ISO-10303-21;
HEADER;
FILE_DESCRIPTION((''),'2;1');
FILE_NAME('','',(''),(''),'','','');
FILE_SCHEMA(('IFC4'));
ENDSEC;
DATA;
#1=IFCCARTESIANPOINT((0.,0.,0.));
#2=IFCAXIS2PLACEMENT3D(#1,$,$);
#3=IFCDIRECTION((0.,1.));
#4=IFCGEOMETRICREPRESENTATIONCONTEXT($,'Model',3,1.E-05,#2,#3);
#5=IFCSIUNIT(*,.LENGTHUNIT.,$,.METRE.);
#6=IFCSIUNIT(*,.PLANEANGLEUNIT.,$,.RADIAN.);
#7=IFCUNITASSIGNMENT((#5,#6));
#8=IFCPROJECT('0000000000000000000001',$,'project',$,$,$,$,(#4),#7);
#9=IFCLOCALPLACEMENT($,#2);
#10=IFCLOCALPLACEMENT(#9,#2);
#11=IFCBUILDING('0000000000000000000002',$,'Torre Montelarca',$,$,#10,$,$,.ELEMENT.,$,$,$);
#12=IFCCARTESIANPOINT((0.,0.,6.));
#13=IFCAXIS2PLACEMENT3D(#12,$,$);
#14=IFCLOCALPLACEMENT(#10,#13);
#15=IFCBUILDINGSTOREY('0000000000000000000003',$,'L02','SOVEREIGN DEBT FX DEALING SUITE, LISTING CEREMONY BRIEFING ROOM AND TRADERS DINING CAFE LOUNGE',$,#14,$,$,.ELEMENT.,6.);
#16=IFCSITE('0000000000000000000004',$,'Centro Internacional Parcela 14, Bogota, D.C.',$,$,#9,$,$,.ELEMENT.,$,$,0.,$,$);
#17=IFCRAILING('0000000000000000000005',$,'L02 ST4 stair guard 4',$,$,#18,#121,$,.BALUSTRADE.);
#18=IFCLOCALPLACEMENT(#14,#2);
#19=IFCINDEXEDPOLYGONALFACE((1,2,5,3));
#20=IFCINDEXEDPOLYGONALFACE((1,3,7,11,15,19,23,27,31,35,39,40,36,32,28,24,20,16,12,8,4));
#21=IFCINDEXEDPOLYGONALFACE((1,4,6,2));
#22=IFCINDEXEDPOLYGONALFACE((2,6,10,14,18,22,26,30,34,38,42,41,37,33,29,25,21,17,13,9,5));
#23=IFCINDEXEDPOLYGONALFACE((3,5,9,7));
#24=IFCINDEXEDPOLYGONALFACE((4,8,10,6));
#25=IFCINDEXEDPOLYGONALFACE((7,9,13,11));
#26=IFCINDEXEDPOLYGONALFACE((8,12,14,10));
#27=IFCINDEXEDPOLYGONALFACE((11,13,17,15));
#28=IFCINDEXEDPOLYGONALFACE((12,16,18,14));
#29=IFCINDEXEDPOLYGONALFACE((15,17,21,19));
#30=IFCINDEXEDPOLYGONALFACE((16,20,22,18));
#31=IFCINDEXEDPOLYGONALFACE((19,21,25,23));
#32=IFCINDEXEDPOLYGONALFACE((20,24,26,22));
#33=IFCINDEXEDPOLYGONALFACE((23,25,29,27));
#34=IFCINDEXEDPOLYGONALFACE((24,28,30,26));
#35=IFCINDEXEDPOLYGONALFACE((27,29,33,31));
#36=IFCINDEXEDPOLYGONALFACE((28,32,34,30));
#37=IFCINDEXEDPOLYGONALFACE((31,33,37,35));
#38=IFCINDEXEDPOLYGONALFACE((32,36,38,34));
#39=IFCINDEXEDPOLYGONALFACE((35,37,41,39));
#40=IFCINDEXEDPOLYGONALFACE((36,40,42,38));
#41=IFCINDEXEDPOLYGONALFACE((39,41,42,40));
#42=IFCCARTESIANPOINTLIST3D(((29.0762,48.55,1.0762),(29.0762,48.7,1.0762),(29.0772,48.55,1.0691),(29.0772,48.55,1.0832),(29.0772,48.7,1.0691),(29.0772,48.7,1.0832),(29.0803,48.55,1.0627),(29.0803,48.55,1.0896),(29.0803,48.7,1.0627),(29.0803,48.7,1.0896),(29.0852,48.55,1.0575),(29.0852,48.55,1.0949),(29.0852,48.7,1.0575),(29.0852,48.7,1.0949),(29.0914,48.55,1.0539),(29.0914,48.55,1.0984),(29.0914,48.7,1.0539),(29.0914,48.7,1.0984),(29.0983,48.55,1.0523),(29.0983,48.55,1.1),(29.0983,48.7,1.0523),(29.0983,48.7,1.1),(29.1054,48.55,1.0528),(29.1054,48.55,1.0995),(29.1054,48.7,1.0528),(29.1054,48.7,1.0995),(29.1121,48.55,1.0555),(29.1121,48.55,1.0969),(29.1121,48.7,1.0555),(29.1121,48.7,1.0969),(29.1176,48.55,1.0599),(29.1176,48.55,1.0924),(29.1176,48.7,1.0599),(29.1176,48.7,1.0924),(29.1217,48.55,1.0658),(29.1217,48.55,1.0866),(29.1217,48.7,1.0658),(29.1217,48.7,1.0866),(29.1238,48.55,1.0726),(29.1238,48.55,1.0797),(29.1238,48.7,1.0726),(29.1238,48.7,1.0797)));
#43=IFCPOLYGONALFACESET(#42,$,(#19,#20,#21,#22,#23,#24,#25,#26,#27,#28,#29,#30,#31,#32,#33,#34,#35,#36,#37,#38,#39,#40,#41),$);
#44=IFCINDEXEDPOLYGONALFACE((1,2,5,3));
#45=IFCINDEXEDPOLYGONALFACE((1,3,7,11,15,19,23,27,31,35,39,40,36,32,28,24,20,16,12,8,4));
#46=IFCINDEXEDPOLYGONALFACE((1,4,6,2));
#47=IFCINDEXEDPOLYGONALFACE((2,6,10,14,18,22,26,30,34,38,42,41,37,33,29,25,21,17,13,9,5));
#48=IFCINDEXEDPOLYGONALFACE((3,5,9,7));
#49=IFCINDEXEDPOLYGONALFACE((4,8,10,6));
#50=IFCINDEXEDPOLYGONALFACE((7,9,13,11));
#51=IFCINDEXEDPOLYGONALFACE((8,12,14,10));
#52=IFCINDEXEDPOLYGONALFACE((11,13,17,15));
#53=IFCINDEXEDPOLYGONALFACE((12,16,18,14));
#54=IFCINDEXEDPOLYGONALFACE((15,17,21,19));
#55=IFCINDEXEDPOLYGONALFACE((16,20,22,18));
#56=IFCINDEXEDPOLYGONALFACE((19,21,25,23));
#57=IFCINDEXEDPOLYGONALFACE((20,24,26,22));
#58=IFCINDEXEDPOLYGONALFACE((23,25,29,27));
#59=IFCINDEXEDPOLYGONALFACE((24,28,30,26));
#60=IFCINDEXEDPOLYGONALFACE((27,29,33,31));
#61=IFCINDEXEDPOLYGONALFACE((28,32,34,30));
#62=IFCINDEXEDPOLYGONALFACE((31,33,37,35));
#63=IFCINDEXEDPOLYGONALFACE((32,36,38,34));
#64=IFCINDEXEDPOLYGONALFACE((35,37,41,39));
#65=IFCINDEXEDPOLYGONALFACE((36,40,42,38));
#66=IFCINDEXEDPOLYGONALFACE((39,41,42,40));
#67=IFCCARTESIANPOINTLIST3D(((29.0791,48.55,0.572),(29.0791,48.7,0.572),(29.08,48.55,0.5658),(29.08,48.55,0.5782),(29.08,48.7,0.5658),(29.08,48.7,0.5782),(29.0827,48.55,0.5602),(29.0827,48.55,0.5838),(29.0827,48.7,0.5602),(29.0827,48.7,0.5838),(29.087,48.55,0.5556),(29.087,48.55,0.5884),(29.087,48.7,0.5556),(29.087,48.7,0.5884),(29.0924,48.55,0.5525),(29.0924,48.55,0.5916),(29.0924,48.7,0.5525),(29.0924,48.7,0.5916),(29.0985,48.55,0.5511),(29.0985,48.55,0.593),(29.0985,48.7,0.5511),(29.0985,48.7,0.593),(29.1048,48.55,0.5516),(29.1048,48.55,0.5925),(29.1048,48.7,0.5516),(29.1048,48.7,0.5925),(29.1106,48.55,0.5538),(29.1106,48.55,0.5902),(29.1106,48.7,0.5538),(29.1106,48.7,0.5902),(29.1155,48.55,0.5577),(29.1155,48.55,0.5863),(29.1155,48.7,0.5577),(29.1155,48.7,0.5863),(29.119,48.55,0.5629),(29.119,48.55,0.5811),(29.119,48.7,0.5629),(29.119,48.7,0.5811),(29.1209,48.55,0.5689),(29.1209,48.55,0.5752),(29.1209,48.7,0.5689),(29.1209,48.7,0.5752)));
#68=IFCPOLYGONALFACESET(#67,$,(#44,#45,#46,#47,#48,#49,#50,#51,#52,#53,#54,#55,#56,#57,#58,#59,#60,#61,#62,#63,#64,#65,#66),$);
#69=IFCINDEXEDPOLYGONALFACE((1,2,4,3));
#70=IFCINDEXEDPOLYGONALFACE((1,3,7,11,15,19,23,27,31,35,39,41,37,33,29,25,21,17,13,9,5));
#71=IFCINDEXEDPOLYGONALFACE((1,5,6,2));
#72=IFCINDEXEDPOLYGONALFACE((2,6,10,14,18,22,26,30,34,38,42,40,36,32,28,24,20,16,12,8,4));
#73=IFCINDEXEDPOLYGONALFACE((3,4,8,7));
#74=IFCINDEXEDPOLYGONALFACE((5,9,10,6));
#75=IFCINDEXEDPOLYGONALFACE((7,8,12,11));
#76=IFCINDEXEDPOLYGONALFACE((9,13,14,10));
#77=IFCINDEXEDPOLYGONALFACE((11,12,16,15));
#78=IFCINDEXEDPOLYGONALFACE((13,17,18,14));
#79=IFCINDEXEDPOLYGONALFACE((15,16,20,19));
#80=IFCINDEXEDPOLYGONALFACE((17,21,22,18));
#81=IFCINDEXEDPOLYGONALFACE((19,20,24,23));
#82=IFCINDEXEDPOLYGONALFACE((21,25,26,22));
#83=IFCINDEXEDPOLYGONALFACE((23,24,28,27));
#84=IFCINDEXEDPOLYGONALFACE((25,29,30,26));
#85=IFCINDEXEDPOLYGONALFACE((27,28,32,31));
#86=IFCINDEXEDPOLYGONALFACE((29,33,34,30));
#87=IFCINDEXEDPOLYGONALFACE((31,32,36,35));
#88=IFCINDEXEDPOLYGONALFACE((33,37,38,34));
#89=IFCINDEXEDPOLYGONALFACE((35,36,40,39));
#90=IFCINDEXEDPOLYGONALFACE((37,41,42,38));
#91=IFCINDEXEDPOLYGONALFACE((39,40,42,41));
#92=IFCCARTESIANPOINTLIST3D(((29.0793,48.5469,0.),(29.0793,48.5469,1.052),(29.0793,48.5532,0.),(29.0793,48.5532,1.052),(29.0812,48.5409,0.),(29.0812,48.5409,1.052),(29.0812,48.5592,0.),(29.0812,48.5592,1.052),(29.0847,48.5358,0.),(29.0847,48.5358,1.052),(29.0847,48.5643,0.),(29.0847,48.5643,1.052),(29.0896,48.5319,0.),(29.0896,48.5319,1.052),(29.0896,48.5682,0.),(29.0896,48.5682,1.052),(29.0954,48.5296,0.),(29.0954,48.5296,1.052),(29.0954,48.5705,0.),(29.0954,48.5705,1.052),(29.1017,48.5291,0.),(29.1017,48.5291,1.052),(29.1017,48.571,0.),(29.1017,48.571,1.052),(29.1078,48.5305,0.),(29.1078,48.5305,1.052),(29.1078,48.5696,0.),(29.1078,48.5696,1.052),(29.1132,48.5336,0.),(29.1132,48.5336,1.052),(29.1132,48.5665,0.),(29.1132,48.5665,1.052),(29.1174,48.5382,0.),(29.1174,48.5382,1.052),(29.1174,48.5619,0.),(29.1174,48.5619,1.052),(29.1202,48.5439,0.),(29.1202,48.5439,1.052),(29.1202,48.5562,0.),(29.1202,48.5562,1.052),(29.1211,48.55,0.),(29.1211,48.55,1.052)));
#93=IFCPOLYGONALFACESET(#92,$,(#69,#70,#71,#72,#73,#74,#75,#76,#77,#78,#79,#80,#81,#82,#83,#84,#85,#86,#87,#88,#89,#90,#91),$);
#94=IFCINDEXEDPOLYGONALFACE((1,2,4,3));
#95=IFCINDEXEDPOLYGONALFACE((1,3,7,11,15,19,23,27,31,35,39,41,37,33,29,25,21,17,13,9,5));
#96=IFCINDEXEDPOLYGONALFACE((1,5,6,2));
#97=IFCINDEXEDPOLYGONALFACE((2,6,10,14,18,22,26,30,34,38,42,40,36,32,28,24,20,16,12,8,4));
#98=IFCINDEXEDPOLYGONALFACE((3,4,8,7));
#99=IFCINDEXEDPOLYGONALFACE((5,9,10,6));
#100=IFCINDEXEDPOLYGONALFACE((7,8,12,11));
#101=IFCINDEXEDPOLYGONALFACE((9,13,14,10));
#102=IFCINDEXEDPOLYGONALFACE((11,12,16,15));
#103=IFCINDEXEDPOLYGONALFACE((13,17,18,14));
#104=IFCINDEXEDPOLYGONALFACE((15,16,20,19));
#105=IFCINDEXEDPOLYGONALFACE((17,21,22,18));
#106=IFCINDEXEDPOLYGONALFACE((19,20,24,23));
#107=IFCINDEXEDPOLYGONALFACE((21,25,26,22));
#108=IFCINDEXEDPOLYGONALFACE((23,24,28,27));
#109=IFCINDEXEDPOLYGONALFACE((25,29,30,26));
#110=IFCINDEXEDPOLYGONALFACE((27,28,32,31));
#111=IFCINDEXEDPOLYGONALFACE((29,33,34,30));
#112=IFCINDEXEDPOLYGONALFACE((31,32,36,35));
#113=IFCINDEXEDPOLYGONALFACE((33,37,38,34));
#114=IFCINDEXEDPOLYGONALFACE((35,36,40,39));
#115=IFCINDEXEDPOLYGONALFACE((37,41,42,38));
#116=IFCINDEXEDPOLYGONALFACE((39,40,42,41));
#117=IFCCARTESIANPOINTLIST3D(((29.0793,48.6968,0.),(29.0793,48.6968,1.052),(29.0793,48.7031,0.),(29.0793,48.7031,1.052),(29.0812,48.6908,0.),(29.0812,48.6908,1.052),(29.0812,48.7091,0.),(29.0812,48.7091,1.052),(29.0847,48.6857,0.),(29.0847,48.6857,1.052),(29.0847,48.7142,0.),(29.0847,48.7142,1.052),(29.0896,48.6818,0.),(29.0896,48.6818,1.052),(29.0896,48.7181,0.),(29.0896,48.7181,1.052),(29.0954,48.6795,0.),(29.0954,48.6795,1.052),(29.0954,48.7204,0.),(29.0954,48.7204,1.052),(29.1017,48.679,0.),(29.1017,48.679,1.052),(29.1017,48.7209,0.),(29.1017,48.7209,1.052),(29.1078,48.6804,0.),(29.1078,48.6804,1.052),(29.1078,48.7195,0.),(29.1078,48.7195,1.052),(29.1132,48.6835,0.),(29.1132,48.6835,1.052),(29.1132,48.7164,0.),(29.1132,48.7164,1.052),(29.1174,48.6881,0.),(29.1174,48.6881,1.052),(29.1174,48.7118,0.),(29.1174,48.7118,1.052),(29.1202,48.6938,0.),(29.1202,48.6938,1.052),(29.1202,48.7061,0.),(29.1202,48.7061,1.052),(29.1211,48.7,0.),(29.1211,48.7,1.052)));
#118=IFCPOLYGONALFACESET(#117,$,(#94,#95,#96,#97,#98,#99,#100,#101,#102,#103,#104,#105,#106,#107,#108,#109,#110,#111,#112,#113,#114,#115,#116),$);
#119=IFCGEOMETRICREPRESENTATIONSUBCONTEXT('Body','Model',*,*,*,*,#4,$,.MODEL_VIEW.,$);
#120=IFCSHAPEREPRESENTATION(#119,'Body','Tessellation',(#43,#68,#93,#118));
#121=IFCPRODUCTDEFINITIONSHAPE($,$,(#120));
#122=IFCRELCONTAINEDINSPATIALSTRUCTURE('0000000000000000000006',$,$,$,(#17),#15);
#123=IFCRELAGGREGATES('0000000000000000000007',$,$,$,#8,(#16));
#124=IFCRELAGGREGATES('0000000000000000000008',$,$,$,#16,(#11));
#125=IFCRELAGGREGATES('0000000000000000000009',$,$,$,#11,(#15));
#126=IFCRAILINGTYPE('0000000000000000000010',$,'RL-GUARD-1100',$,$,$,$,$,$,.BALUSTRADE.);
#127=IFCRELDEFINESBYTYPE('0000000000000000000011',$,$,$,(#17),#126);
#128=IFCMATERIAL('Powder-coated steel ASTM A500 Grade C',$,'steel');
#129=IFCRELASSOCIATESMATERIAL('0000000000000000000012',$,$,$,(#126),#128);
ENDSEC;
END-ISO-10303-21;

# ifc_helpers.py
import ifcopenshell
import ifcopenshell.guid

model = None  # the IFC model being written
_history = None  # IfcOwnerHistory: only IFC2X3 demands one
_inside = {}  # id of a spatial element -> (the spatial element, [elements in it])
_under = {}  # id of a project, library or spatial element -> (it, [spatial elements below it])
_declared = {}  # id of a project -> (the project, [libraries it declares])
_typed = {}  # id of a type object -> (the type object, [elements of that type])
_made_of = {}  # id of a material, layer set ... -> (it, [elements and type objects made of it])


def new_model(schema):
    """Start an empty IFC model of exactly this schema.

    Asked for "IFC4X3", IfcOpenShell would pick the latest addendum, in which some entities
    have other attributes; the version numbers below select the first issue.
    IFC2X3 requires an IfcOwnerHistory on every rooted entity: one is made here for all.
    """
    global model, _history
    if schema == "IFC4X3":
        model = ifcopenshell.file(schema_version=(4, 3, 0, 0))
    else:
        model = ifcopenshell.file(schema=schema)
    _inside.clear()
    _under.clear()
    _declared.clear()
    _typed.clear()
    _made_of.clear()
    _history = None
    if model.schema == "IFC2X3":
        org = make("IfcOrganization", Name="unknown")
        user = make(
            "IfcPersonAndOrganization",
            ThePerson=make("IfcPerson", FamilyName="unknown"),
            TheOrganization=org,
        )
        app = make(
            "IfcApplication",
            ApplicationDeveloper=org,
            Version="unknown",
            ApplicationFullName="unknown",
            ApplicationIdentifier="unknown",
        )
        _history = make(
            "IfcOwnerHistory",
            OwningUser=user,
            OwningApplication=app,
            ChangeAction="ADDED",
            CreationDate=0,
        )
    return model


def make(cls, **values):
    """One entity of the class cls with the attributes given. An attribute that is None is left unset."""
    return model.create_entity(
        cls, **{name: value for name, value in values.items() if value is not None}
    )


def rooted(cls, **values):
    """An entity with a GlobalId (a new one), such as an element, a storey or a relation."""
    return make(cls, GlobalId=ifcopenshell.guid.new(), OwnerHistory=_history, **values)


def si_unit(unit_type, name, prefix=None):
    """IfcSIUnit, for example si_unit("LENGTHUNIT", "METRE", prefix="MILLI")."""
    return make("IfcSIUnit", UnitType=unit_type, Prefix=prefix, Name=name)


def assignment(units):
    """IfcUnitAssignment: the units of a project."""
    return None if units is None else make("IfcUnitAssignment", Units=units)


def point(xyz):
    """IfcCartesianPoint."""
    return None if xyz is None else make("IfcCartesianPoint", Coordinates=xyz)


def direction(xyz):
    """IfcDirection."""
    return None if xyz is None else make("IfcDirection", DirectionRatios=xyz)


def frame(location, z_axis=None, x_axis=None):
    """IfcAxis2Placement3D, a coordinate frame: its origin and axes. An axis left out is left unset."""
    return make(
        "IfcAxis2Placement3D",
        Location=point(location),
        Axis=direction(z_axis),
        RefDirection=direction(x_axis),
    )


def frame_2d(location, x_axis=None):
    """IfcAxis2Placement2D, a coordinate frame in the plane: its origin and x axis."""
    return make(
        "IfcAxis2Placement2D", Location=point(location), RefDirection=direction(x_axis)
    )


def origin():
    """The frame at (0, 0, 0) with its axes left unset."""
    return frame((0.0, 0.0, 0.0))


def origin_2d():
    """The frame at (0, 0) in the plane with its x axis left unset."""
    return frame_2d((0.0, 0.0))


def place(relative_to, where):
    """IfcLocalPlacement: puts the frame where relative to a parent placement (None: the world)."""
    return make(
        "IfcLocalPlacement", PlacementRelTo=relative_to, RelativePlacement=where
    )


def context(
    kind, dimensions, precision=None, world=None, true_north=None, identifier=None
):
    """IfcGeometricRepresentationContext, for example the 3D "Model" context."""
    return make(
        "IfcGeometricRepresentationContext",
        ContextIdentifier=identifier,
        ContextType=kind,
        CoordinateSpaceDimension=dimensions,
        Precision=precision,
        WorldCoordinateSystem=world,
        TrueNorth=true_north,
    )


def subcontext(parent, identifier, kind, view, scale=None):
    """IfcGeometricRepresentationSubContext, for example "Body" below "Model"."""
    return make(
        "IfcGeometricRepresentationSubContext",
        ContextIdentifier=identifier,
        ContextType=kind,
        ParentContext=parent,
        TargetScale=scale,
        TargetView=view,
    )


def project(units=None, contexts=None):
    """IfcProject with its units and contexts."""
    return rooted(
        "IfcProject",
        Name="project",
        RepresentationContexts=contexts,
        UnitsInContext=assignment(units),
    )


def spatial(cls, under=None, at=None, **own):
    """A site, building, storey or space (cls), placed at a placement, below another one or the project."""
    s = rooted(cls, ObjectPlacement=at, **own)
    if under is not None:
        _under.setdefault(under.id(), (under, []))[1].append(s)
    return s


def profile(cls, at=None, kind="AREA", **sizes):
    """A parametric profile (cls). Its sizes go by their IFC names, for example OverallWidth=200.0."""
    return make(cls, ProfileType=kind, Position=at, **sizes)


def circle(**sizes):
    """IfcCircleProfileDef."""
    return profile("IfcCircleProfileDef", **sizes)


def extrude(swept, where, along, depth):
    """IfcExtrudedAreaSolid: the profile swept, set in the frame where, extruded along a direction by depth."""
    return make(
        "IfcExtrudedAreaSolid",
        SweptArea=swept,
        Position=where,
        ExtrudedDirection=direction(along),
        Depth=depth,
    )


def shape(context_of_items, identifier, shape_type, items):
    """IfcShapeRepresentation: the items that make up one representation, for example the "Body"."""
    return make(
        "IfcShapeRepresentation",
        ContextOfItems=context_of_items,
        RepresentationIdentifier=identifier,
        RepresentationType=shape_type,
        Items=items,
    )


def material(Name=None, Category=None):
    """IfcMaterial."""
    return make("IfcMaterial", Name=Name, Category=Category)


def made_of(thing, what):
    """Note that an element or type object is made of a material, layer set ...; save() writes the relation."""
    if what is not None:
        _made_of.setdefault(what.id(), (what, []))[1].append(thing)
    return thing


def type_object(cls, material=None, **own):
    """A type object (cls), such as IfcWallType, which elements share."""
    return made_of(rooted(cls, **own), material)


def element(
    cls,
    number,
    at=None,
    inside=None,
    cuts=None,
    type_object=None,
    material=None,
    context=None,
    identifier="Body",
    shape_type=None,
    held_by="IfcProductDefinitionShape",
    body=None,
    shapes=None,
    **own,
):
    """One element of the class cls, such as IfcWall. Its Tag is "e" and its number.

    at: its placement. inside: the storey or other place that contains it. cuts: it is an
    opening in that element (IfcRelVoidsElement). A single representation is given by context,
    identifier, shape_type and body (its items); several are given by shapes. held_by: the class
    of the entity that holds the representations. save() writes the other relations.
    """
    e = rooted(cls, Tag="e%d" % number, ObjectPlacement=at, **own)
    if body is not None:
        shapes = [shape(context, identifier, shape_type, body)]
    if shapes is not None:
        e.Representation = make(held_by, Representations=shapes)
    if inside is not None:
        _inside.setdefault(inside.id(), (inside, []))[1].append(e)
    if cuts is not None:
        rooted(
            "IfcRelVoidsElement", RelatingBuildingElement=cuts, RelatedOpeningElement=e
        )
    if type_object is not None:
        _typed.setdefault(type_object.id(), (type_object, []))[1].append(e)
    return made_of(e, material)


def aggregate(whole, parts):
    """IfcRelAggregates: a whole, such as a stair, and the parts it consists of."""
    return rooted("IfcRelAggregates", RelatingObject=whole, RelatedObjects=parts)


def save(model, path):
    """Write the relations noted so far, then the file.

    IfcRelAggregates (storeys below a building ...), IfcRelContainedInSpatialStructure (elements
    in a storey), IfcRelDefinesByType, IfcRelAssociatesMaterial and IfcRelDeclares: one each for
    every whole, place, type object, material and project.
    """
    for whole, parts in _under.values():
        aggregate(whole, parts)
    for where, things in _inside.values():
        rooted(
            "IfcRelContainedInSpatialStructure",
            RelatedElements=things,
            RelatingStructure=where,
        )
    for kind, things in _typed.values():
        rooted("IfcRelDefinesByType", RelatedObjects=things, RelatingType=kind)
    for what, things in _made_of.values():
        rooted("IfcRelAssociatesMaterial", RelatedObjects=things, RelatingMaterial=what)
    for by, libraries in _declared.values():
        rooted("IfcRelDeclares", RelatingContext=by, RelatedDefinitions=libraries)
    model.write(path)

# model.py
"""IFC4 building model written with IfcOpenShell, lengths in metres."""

from ifc_helpers import new_model, si_unit, direction, frame, origin, origin_2d, place, context, subcontext, project, spatial, circle, extrude, material, type_object, element, save


model = new_model("IFC4")

# Units and contexts
model_context = context("Model", 3, precision=1e-05, world=origin(), true_north=direction((0.0, 1.0)))
body_context = subcontext(model_context, "Body", "Model", "MODEL_VIEW")
ifc_project = project(units=[si_unit("LENGTHUNIT", "METRE"), si_unit("PLANEANGLEUNIT", "RADIAN")], contexts=[model_context])

# Site, building, storey
site_placement = place(None, origin())
site = spatial("IfcSite", under=ifc_project, at=site_placement, Name="Centro Internacional Parcela 14, Bogota, D.C.", CompositionType="ELEMENT", RefElevation=0.0)
building_placement = place(site_placement, origin())
building = spatial("IfcBuilding", under=site, at=building_placement, Name="Torre Montelarca", CompositionType="ELEMENT")
storey_placement = place(building_placement, frame((0.0, 0.0, 6.0)))
storey = spatial("IfcBuildingStorey", under=building, at=storey_placement, Name="L02", Description="SOVEREIGN DEBT FX DEALING SUITE, LISTING CEREMONY BRIEFING ROOM AND TRADERS DINING CAFE LOUNGE", CompositionType="ELEMENT", Elevation=6.0)

# Railing
ifc_material_1 = material(Name="Powder-coated steel ASTM A500 Grade C", Category="steel")
railing_type_1 = type_object("IfcRailingType", Name="RL-GUARD-1100", PredefinedType="BALUSTRADE", material=ifc_material_1)
railing_1_placement = place(storey_placement, frame((29.1001, 48.55, 0.0)))
element("IfcRailing", 1, at=railing_1_placement, inside=storey, type_object=railing_type_1, Name="L02 ST4 stair guard 4", PredefinedType="BALUSTRADE", context=body_context, shape_type="SweptSolid", body=[
    extrude(circle(Radius=0.0239, at=origin_2d()), frame((0.0, 0.0, 1.0762), z_axis=(0.0, 1.0, 0.0), x_axis=(-1.0, 0.0, 0.0)), (0.0, 0.0, 1.0), 0.1499),
    extrude(circle(Radius=0.021, at=origin_2d()), frame((0.0, 0.0, 0.572), z_axis=(0.0, 1.0, 0.0), x_axis=(-1.0, 0.0, 0.0)), (0.0, 0.0, 1.0), 0.1499),
    extrude(circle(Radius=0.021, at=origin_2d()), origin(), (0.0, 0.0, 1.0), 1.052),
    extrude(circle(Radius=0.021, at=origin_2d()), frame((0.0, 0.1499, 0.0)), (0.0, 0.0, 1.0), 1.052),
])

save(model, "model.ifc")
